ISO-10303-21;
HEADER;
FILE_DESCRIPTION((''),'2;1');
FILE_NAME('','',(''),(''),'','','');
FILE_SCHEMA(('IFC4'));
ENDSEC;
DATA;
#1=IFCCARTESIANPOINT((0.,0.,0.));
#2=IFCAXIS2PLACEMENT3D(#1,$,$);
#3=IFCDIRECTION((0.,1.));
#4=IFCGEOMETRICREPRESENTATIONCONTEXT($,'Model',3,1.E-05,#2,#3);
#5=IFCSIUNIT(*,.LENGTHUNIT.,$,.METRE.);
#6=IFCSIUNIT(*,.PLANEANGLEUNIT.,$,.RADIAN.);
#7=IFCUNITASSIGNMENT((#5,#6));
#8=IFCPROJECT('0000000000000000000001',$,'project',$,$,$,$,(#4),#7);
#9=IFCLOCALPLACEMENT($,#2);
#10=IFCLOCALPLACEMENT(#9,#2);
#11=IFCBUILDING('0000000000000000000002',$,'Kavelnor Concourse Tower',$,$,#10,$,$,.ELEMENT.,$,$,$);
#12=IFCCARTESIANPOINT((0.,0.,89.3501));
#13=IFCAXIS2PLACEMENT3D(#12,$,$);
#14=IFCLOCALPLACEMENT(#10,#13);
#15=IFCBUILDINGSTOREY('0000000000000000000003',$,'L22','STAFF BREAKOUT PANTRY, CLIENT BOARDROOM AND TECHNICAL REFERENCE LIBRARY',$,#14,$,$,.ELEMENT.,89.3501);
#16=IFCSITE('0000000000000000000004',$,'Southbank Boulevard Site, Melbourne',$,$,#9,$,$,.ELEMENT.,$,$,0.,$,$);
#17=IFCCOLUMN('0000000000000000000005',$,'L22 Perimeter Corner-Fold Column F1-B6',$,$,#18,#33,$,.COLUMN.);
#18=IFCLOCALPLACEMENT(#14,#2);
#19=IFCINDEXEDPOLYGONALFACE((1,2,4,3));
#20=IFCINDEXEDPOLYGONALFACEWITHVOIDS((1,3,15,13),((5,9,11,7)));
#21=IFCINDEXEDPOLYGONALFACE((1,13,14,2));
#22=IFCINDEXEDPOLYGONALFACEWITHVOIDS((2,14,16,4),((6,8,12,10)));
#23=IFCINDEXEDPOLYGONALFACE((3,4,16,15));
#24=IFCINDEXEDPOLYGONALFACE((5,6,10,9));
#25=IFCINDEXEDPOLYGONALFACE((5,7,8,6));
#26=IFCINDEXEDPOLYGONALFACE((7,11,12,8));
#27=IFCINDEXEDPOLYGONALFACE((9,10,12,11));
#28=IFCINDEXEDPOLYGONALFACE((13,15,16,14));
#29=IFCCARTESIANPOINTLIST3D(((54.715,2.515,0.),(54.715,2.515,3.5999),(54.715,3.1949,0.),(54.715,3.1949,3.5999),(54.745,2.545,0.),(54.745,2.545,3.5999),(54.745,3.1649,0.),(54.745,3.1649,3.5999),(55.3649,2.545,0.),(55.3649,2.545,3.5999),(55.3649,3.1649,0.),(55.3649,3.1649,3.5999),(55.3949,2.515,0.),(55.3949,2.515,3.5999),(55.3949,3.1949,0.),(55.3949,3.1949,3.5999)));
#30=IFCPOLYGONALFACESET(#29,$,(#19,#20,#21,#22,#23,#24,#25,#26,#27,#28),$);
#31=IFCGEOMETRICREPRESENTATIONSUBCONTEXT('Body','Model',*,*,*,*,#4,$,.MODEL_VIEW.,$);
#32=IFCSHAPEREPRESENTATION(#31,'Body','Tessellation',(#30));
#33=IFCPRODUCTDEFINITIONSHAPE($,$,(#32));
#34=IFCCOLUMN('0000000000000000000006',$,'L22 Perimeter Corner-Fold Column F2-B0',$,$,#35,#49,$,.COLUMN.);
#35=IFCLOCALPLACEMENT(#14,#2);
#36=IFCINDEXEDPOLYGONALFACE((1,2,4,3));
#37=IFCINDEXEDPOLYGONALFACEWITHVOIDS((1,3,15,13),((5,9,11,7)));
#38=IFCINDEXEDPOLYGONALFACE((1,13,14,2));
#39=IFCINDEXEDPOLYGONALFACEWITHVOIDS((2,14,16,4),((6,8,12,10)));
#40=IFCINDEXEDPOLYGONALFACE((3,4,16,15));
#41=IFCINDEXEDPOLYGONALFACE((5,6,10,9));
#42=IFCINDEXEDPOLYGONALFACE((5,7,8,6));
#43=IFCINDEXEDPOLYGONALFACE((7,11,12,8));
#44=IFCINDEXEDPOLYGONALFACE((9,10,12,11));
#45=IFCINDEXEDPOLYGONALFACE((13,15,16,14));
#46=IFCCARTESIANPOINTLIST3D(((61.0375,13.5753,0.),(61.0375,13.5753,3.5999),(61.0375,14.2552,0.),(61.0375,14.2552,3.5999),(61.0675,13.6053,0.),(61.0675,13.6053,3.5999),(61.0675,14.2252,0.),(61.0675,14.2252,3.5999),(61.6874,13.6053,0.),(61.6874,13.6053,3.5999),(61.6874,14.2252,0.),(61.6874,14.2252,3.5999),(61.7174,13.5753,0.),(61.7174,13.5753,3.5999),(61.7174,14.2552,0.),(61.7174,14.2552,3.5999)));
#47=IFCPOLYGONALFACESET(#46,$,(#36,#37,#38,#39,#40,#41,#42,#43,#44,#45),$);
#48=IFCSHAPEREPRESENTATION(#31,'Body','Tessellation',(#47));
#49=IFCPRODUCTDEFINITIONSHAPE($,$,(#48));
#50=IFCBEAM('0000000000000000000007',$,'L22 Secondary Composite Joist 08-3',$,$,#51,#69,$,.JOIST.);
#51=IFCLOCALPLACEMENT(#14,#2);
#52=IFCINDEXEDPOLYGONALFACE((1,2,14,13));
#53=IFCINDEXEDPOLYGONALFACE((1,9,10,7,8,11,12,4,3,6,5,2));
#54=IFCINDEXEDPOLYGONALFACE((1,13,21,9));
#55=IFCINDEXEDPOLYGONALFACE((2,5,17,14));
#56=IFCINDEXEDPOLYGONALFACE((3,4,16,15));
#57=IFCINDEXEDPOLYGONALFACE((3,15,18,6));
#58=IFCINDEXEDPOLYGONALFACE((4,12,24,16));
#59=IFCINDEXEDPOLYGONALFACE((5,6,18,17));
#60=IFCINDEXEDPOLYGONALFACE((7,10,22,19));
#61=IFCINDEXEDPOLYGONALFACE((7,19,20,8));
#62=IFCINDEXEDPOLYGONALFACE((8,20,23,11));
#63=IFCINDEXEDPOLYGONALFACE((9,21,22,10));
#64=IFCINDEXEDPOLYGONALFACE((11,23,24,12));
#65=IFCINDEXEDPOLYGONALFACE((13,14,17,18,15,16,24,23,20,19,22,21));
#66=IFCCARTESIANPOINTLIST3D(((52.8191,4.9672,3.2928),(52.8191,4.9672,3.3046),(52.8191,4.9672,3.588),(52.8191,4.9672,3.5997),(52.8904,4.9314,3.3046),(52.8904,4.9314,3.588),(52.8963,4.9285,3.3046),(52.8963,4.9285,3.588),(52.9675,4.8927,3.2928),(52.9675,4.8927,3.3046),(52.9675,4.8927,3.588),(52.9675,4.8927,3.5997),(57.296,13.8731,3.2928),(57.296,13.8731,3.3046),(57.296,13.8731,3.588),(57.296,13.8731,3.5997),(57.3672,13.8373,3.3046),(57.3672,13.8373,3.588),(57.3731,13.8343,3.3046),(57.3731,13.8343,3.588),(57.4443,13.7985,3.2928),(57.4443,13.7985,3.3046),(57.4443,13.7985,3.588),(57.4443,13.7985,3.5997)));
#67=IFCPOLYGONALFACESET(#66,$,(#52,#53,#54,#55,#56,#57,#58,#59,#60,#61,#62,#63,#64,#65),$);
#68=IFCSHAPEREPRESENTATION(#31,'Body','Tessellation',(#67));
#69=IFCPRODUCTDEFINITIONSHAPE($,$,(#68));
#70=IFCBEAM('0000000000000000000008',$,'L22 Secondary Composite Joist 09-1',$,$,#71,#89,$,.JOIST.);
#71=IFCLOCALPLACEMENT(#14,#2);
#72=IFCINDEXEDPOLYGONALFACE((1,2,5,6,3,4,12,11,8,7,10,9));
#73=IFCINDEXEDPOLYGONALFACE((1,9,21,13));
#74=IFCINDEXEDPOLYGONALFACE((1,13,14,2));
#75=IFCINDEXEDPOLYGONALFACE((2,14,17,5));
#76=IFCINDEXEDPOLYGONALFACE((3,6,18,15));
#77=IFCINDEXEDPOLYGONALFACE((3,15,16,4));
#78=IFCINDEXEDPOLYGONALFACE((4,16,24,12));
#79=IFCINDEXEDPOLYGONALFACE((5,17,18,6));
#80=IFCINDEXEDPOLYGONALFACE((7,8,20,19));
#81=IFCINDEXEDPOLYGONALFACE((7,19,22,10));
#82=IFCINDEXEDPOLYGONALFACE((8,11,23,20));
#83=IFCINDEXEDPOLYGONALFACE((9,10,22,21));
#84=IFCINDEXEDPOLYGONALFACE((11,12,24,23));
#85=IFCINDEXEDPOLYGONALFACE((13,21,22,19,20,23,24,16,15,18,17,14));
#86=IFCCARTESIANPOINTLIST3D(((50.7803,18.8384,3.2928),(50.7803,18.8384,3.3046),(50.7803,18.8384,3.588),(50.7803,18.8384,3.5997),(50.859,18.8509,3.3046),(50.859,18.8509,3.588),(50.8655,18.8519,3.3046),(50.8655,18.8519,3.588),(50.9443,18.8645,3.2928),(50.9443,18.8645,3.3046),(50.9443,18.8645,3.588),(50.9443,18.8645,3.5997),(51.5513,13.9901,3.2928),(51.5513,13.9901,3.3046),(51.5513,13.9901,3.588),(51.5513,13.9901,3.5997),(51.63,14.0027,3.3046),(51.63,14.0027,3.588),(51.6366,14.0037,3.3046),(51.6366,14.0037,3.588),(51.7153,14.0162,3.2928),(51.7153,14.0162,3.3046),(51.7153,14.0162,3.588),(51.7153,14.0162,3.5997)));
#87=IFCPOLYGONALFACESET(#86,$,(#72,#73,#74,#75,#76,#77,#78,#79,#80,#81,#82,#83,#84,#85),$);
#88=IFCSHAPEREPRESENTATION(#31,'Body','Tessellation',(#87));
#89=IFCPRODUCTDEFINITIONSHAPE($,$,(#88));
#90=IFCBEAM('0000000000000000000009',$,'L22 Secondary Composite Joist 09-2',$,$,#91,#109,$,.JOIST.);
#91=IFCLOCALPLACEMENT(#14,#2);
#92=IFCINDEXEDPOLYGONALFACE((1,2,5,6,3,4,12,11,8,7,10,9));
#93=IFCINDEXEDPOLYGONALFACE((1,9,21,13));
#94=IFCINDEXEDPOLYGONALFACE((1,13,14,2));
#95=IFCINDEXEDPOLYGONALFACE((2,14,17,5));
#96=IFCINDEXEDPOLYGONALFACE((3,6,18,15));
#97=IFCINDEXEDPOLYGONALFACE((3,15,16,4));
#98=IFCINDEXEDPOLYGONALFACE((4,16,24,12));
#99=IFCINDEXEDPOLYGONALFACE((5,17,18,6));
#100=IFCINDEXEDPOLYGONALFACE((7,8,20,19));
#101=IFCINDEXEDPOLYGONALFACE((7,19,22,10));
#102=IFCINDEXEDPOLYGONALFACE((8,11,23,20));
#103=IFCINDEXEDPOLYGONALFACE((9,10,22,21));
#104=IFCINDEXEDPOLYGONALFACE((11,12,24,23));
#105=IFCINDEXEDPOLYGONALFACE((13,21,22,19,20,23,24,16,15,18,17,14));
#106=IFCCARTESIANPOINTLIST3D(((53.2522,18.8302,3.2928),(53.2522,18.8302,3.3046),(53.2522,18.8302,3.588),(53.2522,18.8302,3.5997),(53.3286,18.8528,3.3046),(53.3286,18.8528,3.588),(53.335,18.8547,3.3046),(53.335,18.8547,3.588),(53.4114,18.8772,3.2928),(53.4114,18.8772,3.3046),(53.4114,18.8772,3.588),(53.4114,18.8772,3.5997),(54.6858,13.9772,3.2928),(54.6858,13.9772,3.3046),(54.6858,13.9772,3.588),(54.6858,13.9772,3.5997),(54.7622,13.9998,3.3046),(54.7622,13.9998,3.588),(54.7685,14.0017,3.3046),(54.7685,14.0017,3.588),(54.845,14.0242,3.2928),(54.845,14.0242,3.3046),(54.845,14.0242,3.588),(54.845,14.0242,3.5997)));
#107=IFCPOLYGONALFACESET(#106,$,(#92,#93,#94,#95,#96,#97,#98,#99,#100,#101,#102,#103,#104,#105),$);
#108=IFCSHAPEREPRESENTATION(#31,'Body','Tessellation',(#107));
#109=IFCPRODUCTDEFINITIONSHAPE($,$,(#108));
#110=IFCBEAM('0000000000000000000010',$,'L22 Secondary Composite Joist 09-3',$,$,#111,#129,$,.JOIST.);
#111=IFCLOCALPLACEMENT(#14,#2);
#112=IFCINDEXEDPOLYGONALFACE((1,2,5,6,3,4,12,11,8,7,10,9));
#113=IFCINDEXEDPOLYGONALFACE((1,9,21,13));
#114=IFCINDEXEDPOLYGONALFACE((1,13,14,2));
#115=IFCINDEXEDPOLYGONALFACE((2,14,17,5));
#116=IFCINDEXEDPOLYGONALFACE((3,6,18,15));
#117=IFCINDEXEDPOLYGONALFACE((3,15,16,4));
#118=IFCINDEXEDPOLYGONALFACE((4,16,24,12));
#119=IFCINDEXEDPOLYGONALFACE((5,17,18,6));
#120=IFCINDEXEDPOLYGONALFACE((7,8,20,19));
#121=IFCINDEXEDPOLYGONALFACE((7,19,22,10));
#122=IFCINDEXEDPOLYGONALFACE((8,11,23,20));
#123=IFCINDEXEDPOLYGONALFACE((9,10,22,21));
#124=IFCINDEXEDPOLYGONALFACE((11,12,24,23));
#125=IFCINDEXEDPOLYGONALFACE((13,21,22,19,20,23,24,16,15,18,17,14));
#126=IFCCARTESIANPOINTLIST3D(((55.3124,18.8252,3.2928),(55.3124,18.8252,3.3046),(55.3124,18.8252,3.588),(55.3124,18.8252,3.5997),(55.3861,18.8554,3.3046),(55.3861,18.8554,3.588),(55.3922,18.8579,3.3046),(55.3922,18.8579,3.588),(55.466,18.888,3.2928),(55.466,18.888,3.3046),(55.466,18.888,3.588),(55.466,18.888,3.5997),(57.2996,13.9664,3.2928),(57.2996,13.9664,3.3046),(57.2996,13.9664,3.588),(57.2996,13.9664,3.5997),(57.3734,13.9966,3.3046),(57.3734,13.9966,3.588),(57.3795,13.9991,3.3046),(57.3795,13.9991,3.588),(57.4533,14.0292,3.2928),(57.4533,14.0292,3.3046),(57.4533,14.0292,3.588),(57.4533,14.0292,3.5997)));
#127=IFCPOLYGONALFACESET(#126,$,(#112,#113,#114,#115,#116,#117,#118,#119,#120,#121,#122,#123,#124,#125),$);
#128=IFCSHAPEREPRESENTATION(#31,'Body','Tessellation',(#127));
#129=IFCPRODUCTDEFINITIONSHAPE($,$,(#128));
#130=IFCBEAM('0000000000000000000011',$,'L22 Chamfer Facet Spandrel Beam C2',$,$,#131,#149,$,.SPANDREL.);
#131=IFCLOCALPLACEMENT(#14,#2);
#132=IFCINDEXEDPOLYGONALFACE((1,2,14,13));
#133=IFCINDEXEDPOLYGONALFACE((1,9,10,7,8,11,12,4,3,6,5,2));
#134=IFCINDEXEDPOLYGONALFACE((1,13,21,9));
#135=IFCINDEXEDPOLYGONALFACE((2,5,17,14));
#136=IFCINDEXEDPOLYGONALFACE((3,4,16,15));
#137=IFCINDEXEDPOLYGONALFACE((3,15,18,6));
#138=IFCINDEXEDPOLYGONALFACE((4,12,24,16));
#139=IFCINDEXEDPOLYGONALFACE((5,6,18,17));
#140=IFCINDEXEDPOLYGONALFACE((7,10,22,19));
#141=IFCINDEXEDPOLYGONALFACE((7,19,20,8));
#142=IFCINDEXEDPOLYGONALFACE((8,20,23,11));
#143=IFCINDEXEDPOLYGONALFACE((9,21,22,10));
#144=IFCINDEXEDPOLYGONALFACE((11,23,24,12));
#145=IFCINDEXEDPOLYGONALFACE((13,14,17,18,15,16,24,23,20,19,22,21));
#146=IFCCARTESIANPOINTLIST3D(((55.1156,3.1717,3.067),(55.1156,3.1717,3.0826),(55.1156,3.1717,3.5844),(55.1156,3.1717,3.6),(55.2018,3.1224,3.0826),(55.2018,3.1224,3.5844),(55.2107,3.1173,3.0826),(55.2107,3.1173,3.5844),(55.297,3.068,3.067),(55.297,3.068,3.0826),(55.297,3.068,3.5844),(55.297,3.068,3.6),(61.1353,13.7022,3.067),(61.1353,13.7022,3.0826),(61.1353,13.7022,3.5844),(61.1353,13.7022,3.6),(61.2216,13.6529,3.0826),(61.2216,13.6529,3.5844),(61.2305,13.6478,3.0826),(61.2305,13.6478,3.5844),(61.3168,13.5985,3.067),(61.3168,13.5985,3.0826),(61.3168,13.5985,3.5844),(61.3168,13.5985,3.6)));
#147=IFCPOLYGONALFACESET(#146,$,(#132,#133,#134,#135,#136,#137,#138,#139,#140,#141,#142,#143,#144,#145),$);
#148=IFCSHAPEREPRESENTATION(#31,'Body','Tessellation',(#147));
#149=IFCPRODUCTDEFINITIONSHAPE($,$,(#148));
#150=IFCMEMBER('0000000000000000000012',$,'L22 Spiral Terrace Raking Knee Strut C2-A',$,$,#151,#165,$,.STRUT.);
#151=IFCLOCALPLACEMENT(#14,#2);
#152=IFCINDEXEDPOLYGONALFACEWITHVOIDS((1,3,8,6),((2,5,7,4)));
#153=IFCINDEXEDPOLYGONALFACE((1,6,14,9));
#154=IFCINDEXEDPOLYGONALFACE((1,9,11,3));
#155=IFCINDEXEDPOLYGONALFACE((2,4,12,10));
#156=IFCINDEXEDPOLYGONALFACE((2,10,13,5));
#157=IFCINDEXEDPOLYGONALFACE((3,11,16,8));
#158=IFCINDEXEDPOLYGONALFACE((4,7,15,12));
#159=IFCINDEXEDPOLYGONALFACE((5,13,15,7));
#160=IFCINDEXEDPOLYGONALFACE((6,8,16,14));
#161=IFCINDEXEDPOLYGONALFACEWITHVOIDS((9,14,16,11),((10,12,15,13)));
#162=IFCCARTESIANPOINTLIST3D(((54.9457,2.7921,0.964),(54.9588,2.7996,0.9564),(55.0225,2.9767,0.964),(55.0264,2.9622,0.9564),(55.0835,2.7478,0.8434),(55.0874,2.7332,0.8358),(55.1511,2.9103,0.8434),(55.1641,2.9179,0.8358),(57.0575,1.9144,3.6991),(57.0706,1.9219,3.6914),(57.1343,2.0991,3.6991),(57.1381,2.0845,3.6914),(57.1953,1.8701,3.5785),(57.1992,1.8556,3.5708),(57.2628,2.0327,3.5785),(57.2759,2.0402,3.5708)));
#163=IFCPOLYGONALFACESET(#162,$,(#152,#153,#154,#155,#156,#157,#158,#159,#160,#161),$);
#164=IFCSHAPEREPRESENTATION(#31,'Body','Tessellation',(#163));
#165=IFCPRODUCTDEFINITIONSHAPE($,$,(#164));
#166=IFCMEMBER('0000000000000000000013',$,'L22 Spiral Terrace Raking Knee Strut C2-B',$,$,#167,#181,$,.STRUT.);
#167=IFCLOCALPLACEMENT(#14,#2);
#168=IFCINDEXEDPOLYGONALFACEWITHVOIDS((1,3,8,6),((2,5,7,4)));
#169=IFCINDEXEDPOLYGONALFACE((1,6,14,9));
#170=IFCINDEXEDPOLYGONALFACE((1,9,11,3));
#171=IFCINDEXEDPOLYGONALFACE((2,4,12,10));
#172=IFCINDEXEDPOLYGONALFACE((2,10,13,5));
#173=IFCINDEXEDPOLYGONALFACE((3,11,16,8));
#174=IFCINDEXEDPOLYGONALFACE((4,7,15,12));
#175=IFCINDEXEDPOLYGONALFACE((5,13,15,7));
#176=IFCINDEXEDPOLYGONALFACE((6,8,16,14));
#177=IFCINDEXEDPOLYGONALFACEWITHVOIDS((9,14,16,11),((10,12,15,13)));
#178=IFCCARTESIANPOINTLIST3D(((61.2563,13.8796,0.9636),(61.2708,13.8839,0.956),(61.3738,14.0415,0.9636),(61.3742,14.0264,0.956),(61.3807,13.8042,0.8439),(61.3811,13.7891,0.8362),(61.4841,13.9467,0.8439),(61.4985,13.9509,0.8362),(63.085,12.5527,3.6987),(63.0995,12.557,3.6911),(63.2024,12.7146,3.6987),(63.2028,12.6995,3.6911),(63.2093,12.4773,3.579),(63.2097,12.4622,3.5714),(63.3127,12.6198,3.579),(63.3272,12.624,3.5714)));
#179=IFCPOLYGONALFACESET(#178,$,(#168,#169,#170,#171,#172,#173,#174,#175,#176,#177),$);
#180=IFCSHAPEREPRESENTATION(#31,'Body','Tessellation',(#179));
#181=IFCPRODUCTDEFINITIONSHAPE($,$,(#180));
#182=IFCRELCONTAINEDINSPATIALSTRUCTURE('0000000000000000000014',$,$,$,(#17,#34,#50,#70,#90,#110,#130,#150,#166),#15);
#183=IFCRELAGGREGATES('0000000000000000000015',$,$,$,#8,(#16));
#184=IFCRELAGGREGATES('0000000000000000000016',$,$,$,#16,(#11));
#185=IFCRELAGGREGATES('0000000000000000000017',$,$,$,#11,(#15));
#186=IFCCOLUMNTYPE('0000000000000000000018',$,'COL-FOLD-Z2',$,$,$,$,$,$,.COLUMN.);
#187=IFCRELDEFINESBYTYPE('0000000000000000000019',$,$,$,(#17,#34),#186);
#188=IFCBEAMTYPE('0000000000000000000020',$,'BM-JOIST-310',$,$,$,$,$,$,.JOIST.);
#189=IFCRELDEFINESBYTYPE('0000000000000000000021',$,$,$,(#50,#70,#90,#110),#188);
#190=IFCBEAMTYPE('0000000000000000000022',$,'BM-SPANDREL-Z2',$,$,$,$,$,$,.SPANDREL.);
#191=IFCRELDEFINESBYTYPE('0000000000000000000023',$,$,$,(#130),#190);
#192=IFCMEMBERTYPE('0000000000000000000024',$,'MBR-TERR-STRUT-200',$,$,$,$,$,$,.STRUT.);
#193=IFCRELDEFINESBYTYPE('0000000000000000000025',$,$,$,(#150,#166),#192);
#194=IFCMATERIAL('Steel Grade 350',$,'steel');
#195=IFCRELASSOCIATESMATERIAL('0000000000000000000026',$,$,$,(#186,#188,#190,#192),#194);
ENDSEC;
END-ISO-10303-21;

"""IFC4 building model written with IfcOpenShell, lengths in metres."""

from ifc_helpers import new_model, si_unit, direction, frame, origin, origin_2d, place, context, subcontext, project, spatial, hollow_rectangle, i_section, extrude, material, material_profile, profile_set, type_object, element, save


model = new_model("IFC4")

# Units and contexts
model_context = context("Model", 3, precision=1e-05, world=origin(), true_north=direction((0.0, 1.0)))
body_context = subcontext(model_context, "Body", "Model", "MODEL_VIEW")
ifc_project = project(units=[si_unit("LENGTHUNIT", "METRE"), si_unit("PLANEANGLEUNIT", "RADIAN")], contexts=[model_context])

# Site, building, storey
site_placement = place(None, origin())
site = spatial("IfcSite", under=ifc_project, at=site_placement, Name="Southbank Boulevard Site, Melbourne", CompositionType="ELEMENT", RefElevation=0.0)
building_placement = place(site_placement, origin())
building = spatial("IfcBuilding", under=site, at=building_placement, Name="Kavelnor Concourse Tower", CompositionType="ELEMENT")
storey_placement = place(building_placement, frame((0.0, 0.0, 89.3501)))
storey = spatial("IfcBuildingStorey", under=building, at=storey_placement, Name="L22", Description="STAFF BREAKOUT PANTRY, CLIENT BOARDROOM AND TECHNICAL REFERENCE LIBRARY", CompositionType="ELEMENT", Elevation=89.3501)

# Columns
ifc_material_1 = material(Name="Steel Grade 350", Category="steel")
ifc_material_profile_1 = material_profile(ifc_material_1, hollow_rectangle(XDim=0.6799, YDim=0.6799, WallThickness=0.03, at=origin_2d()), Name="SHS 680x680x30")
ifc_profile_set_1 = profile_set([ifc_material_profile_1], Name="Steel Grade 350")
column_type = type_object("IfcColumnType", Name="COL-FOLD-Z2", PredefinedType="COLUMN", material=ifc_profile_set_1)
for number, where, z_axis, x_axis, name in (
    (1, (55.0549, 2.855, 0.0), (0.0, 0.0, 1.0), (1.0, 0.0, 0.0), "L22 Perimeter Corner-Fold Column F1-B6"),
    (2, (61.3774, 13.9153, 0.0), (0.0, 0.0, 1.0), (1.0, 0.0, 0.0), "L22 Perimeter Corner-Fold Column F2-B0"),
):
    element("IfcColumn", number, at=place(storey_placement, frame(where, z_axis=z_axis, x_axis=x_axis)), inside=storey, type_object=column_type, Name=name, PredefinedType="COLUMN", context=body_context, shape_type="SweptSolid", body=[
        extrude(hollow_rectangle(XDim=0.6799, YDim=0.6799, WallThickness=0.03, at=origin_2d()), origin(), (0.0, 0.0, 1.0), 3.5999),
    ])

# Beams
ifc_material_profile_2 = material_profile(ifc_material_1, i_section(OverallWidth=0.166, OverallDepth=0.3069, WebThickness=0.0066, FlangeThickness=0.0117, at=origin_2d()), Name="310UB46")
ifc_profile_set_2 = profile_set([ifc_material_profile_2], Name="Steel Grade 350")
beam_type_1 = type_object("IfcBeamType", Name="BM-JOIST-310", PredefinedType="JOIST", material=ifc_profile_set_2)
beam_1_placement = place(storey_placement, frame((52.8933, 4.9299, 3.4463), z_axis=(0.449133, 0.893465, 0.0), x_axis=(-0.893465, 0.449133, 0.0)))
element("IfcBeam", 3, at=beam_1_placement, inside=storey, type_object=beam_type_1, Name="L22 Secondary Composite Joist 08-3", PredefinedType="JOIST", context=body_context, shape_type="SweptSolid", body=[
    extrude(i_section(OverallWidth=0.166, OverallDepth=0.3069, WebThickness=0.0066, FlangeThickness=0.0117, at=origin_2d()), origin(), (0.0, 0.0, 1.0), 9.9678),
])
beam_2_placement = place(storey_placement, frame((51.6333, 14.0032, 3.4463), z_axis=(-0.157056, 0.98759, 0.0), x_axis=(-0.98759, -0.157056, 0.0)))
element("IfcBeam", 4, at=beam_2_placement, inside=storey, type_object=beam_type_1, Name="L22 Secondary Composite Joist 09-1", PredefinedType="JOIST", context=body_context, shape_type="SweptSolid", body=[
    extrude(i_section(OverallWidth=0.166, OverallDepth=0.3069, WebThickness=0.0066, FlangeThickness=0.0117, at=origin_2d()), origin(), (0.0, 0.0, 1.0), 4.9092),
])
beam_3_placement = place(storey_placement, frame((54.7654, 14.0007, 3.4463), z_axis=(-0.2833, 0.959031, 0.0), x_axis=(-0.959031, -0.2833, 0.0)))
element("IfcBeam", 5, at=beam_3_placement, inside=storey, type_object=beam_type_1, Name="L22 Secondary Composite Joist 09-2", PredefinedType="JOIST", context=body_context, shape_type="SweptSolid", body=[
    extrude(i_section(OverallWidth=0.166, OverallDepth=0.3069, WebThickness=0.0066, FlangeThickness=0.0117, at=origin_2d()), origin(), (0.0, 0.0, 1.0), 5.0603),
])
beam_4_placement = place(storey_placement, frame((57.3765, 13.9978, 3.4463), z_axis=(-0.378564, 0.925575, 0.0), x_axis=(-0.925575, -0.378564, 0.0)))
element("IfcBeam", 6, at=beam_4_placement, inside=storey, type_object=beam_type_1, Name="L22 Secondary Composite Joist 09-3", PredefinedType="JOIST", context=body_context, shape_type="SweptSolid", body=[
    extrude(i_section(OverallWidth=0.166, OverallDepth=0.3069, WebThickness=0.0066, FlangeThickness=0.0117, at=origin_2d()), origin(), (0.0, 0.0, 1.0), 5.2495),
])
ifc_material_profile_3 = material_profile(ifc_material_1, i_section(OverallWidth=0.209, OverallDepth=0.533, WebThickness=0.0103, FlangeThickness=0.0156, at=origin_2d()), Name="530UB92")
ifc_profile_set_3 = profile_set([ifc_material_profile_3], Name="Steel Grade 350")
beam_type_2 = type_object("IfcBeamType", Name="BM-SPANDREL-Z2", PredefinedType="SPANDREL", material=ifc_profile_set_3)
beam_5_placement = place(storey_placement, frame((55.2063, 3.1199, 3.3335), z_axis=(0.496284, 0.86816, 0.0), x_axis=(-0.86816, 0.496284, 0.0)))
element("IfcBeam", 7, at=beam_5_placement, inside=storey, type_object=beam_type_2, Name="L22 Chamfer Facet Spandrel Beam C2", PredefinedType="SPANDREL", context=body_context, shape_type="SweptSolid", body=[
    extrude(i_section(OverallWidth=0.209, OverallDepth=0.533, WebThickness=0.0103, FlangeThickness=0.0156, at=origin_2d()), origin(), (0.0, 0.0, 1.0), 12.1296),
])

# Members
ifc_material_profile_4 = material_profile(ifc_material_1, hollow_rectangle(XDim=0.2, YDim=0.2, WallThickness=0.012, at=origin_2d()), Name="SHS 200x200x12")
ifc_profile_set_4 = profile_set([ifc_material_profile_4], Name="Steel Grade 350")
member_type = type_object("IfcMemberType", Name="MBR-TERR-STRUT-200", PredefinedType="STRUT", material=ifc_profile_set_4)
member_1_placement = place(storey_placement, frame((55.0549, 2.855, 0.8999), z_axis=(0.592336, -0.246179, 0.76716), x_axis=(0.383781, 0.923424, 0.0)))
element("IfcMember", 8, at=member_1_placement, inside=storey, type_object=member_type, Name="L22 Spiral Terrace Raking Knee Strut C2-A", PredefinedType="STRUT", context=body_context, shape_type="SweptSolid", body=[
    extrude(hollow_rectangle(XDim=0.2, YDim=0.2, WallThickness=0.012, at=origin_2d()), origin(), (0.0, 0.0, 1.0), 3.5652),
])
member_2_placement = place(storey_placement, frame((61.3774, 13.9153, 0.8999), z_axis=(0.515454, -0.374031, 0.770979), x_axis=(0.587304, 0.809366, 0.0)))
element("IfcMember", 9, at=member_2_placement, inside=storey, type_object=member_type, Name="L22 Spiral Terrace Raking Knee Strut C2-B", PredefinedType="STRUT", context=body_context, shape_type="SweptSolid", body=[
    extrude(hollow_rectangle(XDim=0.2, YDim=0.2, WallThickness=0.012, at=origin_2d()), origin(), (0.0, 0.0, 1.0), 3.5476),
])

save(model, "model.ifc")
